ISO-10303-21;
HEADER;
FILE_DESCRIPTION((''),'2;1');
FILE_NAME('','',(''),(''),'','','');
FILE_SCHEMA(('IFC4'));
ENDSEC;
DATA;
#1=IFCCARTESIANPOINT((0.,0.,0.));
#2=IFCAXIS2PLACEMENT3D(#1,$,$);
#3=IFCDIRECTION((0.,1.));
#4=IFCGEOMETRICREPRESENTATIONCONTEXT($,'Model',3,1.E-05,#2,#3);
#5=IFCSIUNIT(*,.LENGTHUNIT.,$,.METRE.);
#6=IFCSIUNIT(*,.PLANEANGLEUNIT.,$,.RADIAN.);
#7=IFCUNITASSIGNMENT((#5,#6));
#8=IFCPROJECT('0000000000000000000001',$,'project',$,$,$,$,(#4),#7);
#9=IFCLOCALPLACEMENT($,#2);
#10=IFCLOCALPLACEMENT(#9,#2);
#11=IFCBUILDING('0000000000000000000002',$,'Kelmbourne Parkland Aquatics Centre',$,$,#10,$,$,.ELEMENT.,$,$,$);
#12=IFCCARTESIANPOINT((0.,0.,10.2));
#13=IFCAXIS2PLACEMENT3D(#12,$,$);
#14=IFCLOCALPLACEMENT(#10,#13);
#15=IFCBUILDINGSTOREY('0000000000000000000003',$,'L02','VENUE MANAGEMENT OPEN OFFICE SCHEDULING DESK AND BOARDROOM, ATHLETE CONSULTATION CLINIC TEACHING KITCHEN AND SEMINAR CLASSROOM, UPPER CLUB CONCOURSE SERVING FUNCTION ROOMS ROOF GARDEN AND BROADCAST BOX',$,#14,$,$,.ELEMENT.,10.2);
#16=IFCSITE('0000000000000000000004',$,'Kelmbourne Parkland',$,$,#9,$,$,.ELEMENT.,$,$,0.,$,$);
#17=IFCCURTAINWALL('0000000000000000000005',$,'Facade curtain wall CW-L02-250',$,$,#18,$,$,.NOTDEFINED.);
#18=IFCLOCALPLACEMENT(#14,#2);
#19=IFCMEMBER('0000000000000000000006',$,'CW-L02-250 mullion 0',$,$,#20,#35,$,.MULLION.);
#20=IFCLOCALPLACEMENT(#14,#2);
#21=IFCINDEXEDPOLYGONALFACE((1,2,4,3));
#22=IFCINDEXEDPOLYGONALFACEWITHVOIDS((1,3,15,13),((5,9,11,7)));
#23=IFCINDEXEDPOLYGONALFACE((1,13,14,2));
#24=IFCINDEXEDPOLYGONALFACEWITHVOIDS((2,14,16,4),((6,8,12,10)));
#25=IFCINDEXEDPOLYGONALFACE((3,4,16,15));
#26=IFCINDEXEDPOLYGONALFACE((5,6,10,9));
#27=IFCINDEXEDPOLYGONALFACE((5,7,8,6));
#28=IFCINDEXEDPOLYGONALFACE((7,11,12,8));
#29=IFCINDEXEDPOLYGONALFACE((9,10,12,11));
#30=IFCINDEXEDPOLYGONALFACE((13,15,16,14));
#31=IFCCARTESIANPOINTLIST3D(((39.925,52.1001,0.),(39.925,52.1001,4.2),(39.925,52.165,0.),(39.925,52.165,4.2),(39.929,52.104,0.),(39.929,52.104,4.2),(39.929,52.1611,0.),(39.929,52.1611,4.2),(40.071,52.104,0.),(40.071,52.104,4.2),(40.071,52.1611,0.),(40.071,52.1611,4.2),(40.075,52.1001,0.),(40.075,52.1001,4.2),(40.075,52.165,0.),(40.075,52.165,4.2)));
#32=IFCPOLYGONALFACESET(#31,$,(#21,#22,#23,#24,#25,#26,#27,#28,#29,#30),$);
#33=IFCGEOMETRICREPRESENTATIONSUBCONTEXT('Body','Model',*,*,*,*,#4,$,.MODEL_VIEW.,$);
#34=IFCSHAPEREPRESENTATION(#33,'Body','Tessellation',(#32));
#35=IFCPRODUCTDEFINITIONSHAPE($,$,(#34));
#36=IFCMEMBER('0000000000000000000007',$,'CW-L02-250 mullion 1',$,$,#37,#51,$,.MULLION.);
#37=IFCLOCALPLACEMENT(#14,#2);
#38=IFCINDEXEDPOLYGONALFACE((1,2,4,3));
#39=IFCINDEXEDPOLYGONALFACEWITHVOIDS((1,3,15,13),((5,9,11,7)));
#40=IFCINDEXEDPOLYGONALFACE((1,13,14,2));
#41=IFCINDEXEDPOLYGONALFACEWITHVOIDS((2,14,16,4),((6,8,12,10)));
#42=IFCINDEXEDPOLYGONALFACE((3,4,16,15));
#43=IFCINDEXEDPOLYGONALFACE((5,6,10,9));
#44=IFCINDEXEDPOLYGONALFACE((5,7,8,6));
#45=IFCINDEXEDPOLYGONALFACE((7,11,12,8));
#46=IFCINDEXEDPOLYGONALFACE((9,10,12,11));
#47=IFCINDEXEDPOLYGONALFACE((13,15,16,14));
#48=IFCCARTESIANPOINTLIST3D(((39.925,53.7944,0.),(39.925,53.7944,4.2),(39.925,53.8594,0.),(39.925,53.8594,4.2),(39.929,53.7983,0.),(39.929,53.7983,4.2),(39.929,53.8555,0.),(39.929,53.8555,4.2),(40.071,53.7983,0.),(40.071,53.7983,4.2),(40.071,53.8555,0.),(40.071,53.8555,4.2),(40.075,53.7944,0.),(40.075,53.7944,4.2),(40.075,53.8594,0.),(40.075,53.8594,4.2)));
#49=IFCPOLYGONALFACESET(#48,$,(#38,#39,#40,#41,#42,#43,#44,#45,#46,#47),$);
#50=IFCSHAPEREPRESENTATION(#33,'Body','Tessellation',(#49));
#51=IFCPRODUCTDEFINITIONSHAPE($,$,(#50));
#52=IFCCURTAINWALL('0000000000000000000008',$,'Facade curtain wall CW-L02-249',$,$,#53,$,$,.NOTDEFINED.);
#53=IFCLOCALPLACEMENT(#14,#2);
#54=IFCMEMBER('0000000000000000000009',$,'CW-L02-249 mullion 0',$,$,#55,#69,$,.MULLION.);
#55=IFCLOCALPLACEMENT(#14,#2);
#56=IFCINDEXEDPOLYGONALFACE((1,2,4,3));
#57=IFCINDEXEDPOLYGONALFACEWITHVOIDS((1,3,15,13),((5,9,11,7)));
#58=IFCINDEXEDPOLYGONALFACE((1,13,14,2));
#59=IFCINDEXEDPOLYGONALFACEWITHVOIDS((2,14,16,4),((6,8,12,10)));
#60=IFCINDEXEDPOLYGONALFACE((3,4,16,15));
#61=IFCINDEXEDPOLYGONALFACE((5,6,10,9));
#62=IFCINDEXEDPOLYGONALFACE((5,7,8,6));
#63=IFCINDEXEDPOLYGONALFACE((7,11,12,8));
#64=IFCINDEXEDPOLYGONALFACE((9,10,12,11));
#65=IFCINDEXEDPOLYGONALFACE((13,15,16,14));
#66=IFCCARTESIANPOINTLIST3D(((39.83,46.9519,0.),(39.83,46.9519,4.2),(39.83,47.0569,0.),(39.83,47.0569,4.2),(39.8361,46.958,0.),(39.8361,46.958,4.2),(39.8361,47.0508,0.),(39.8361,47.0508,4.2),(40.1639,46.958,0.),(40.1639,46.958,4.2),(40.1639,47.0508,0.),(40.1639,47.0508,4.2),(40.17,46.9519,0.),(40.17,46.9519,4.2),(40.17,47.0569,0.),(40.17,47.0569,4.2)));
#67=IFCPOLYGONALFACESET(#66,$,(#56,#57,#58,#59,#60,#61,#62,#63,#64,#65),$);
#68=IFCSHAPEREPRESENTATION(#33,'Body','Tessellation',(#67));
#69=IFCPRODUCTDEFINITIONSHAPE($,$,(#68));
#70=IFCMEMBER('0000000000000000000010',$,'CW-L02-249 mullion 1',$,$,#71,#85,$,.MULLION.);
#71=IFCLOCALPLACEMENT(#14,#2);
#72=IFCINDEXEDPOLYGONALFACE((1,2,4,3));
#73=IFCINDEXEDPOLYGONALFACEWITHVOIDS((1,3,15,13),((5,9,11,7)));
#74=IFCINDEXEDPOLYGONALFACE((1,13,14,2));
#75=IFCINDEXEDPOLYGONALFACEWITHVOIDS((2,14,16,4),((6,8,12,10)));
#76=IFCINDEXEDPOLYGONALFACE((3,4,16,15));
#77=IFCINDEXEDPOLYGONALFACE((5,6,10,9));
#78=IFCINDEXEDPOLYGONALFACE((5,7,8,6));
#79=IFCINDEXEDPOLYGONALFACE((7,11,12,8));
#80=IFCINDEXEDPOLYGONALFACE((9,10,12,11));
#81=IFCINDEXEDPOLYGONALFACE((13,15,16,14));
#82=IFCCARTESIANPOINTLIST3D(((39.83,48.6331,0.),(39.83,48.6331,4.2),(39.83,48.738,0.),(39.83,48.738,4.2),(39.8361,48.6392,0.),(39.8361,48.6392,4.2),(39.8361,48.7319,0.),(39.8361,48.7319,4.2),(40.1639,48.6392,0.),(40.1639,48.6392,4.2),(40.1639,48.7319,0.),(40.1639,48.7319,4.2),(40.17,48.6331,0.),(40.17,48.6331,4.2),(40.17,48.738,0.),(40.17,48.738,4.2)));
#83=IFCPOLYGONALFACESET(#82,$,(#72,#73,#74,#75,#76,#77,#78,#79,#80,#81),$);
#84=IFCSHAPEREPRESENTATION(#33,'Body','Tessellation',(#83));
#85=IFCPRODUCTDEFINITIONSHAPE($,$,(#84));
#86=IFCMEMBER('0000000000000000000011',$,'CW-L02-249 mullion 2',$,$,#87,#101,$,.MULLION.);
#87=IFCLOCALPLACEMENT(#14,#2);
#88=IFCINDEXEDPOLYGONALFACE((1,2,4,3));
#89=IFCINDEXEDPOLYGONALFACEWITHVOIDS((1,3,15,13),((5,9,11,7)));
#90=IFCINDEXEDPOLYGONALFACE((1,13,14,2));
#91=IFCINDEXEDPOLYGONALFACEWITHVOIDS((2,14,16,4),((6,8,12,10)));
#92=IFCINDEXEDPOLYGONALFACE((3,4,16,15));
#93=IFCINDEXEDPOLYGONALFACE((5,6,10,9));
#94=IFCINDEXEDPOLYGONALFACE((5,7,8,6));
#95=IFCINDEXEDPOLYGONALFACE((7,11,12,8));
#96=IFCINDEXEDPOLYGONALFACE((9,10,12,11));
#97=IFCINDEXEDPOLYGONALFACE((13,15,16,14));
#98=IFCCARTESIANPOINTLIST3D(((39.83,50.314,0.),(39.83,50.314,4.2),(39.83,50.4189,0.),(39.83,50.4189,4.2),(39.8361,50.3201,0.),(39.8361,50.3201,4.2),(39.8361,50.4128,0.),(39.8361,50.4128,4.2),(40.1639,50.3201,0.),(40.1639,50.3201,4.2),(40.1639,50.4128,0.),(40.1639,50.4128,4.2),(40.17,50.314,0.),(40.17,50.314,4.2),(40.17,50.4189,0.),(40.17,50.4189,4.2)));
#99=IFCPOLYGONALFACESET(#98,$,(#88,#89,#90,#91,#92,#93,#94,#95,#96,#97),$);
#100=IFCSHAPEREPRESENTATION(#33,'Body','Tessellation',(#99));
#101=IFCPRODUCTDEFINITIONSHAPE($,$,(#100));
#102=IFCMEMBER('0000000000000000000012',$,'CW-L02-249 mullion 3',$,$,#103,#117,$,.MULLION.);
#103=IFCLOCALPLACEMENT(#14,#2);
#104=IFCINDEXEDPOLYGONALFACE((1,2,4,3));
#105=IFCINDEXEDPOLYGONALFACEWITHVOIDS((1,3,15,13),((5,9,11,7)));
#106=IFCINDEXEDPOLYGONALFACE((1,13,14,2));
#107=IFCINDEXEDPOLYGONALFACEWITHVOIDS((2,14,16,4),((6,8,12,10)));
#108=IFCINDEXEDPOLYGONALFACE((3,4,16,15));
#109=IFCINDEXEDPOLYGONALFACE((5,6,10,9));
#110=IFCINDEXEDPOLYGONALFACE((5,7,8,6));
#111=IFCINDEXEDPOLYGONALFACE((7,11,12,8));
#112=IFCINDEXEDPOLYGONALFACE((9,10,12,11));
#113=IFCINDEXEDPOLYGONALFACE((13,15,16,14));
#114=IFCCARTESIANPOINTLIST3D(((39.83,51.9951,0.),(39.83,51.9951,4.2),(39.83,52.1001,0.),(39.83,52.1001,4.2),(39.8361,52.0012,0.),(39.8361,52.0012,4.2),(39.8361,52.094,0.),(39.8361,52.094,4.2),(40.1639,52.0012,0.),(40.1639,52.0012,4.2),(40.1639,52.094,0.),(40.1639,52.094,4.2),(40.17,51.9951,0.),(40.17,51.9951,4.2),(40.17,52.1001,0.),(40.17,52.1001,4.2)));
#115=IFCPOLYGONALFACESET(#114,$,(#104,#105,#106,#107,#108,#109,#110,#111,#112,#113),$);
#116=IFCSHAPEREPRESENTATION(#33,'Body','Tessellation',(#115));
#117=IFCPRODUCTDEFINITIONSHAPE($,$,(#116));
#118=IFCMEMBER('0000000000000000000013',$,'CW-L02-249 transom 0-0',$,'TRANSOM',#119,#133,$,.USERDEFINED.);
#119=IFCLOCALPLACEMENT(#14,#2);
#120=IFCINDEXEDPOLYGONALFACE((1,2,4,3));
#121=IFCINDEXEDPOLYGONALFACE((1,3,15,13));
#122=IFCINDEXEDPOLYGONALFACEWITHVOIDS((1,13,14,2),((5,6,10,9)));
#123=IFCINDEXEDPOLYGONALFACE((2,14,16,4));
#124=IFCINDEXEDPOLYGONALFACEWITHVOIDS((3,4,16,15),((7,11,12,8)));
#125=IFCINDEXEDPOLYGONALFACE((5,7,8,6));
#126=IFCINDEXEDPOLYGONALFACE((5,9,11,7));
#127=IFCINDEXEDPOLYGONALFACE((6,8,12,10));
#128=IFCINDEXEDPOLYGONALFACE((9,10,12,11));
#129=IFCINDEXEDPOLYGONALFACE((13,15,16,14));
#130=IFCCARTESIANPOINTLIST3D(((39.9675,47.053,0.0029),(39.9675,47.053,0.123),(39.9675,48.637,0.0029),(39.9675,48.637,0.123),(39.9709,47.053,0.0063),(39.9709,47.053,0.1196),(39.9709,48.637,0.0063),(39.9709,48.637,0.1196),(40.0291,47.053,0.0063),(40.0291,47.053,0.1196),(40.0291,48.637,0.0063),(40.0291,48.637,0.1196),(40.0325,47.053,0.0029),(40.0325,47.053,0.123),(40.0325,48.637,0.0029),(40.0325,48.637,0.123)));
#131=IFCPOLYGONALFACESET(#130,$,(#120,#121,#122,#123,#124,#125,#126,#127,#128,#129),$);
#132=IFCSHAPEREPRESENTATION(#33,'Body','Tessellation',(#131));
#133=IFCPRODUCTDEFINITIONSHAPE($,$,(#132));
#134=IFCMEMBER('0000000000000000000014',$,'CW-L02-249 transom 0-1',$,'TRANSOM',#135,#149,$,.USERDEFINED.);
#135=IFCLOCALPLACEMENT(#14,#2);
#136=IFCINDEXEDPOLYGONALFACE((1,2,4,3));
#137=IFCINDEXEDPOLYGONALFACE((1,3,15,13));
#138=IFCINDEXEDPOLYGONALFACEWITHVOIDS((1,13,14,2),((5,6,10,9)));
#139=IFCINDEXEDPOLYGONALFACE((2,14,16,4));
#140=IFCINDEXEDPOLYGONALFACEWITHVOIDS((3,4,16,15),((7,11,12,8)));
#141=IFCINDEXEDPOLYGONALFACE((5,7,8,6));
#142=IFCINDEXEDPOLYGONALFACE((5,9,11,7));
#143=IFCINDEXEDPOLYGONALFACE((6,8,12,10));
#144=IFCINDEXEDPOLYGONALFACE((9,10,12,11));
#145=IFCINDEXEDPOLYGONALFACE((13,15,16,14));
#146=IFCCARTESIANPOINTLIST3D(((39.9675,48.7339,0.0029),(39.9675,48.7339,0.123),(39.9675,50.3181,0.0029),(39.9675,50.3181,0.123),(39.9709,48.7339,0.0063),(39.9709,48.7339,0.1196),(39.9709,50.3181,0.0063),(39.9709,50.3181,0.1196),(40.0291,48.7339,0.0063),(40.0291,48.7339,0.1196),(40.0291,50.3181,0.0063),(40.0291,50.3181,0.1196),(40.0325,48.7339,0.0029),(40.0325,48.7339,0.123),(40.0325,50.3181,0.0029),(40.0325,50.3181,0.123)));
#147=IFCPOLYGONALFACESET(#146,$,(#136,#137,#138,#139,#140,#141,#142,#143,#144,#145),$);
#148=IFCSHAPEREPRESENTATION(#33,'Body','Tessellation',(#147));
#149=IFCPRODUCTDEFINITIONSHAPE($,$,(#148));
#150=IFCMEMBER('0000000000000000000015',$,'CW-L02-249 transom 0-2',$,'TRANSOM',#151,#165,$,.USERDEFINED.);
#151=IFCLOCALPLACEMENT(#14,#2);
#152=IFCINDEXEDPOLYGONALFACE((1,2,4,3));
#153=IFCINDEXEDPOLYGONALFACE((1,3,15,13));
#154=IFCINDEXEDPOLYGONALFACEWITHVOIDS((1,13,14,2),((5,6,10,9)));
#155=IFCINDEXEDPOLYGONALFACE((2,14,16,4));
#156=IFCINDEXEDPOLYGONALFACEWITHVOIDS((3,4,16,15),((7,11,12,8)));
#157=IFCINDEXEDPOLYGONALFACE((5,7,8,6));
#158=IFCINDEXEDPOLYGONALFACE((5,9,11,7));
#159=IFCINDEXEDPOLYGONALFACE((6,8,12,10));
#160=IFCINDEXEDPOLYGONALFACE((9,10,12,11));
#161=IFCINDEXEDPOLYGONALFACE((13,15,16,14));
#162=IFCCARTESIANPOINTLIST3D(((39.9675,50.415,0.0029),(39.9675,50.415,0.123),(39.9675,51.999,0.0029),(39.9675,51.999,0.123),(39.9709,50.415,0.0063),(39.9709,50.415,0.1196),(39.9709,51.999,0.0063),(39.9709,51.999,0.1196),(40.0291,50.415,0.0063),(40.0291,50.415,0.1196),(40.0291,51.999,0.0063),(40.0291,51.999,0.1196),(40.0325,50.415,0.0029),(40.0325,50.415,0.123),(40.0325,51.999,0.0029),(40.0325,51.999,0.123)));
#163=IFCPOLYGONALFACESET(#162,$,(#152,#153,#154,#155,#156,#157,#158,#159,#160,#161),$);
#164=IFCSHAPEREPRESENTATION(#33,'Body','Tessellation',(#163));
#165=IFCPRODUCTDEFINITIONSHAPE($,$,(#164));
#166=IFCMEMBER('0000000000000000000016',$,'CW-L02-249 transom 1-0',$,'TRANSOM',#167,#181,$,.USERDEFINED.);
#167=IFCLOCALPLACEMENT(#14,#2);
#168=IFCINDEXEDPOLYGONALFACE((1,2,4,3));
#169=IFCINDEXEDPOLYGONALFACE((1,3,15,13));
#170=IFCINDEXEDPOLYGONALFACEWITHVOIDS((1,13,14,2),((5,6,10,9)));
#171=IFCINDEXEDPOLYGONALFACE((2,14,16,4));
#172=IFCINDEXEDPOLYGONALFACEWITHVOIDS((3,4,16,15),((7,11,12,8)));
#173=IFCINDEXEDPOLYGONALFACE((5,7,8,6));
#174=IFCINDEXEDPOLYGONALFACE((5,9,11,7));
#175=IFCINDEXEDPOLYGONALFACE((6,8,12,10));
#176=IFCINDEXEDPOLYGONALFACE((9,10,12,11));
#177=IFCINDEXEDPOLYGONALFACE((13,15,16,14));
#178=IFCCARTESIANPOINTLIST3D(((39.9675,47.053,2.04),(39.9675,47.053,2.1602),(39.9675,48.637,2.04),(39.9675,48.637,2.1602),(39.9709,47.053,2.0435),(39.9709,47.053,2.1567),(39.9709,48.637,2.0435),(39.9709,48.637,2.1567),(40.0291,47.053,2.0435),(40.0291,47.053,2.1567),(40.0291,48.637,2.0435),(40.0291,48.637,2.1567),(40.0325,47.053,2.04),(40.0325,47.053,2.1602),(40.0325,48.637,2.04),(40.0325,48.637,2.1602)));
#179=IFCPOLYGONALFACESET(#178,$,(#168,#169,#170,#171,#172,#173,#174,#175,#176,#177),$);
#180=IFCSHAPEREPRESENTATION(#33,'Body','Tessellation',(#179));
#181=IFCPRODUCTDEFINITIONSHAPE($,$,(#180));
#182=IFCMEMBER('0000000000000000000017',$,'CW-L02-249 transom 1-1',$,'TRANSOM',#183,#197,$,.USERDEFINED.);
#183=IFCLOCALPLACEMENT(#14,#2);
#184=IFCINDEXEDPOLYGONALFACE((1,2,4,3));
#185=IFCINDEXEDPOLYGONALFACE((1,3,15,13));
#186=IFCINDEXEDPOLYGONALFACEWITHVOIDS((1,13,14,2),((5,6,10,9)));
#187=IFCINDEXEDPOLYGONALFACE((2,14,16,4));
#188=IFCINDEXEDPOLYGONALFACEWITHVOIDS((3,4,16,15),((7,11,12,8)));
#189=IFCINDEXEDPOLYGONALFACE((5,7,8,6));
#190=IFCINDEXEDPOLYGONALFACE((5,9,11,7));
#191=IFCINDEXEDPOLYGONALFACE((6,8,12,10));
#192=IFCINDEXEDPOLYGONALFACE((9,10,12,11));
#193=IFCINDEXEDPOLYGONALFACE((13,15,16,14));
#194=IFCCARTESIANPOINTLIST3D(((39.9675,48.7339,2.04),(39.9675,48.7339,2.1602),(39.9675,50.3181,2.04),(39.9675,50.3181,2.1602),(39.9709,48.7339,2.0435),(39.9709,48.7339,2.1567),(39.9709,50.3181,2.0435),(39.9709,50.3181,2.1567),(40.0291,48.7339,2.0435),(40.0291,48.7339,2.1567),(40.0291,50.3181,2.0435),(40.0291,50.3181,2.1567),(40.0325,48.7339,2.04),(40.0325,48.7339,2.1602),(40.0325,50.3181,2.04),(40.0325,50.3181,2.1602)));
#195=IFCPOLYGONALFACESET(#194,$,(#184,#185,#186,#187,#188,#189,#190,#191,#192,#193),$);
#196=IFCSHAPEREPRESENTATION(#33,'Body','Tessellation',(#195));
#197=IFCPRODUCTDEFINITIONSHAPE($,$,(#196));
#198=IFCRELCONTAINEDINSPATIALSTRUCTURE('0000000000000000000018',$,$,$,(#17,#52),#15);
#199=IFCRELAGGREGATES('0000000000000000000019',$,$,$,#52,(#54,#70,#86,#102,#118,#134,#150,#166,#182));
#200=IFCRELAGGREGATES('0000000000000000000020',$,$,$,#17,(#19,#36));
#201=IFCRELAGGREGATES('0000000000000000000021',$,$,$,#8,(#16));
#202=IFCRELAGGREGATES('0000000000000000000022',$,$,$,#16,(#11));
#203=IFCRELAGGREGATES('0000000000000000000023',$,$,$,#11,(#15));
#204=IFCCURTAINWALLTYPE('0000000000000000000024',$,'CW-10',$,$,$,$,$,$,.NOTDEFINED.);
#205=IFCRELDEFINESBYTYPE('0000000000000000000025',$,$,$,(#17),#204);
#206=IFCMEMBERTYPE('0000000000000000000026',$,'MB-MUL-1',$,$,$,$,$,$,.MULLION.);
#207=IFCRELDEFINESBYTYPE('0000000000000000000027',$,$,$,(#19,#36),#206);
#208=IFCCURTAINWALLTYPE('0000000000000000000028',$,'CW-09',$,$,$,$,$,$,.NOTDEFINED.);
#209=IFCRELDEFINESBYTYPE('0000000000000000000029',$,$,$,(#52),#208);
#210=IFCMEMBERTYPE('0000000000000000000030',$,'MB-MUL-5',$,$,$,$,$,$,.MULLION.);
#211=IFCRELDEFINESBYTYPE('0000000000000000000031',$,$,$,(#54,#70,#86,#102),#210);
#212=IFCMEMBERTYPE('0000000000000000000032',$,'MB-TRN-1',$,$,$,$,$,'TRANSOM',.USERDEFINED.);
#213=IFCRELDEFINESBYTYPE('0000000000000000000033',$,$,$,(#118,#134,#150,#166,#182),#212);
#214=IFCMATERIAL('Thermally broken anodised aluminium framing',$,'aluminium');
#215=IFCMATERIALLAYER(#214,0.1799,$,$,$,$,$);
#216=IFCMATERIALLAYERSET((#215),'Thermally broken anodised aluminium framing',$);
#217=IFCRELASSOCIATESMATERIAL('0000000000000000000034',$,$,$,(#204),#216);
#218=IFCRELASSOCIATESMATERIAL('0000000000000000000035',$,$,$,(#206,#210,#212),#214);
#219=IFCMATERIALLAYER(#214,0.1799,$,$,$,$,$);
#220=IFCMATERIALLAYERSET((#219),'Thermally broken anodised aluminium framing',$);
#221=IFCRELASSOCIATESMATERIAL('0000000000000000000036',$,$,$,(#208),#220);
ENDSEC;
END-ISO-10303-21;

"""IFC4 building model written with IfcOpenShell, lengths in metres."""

from ifc_helpers import new_model, si_unit, direction, frame, origin, origin_2d, place, context, subcontext, project, spatial, hollow_rectangle, extrude, material, layer, layer_set, material_profile, profile_set, type_object, element, aggregate, save


model = new_model("IFC4")

# Units and contexts
model_context = context("Model", 3, precision=1e-05, world=origin(), true_north=direction((0.0, 1.0)))
body_context = subcontext(model_context, "Body", "Model", "MODEL_VIEW")
ifc_project = project(units=[si_unit("LENGTHUNIT", "METRE"), si_unit("PLANEANGLEUNIT", "RADIAN")], contexts=[model_context])

# Site, building, storey
site_placement = place(None, origin())
site = spatial("IfcSite", under=ifc_project, at=site_placement, Name="Kelmbourne Parkland", CompositionType="ELEMENT", RefElevation=0.0)
building_placement = place(site_placement, origin())
building = spatial("IfcBuilding", under=site, at=building_placement, Name="Kelmbourne Parkland Aquatics Centre", CompositionType="ELEMENT")
storey_placement = place(building_placement, frame((0.0, 0.0, 10.2)))
storey = spatial("IfcBuildingStorey", under=building, at=storey_placement, Name="L02", Description="VENUE MANAGEMENT OPEN OFFICE SCHEDULING DESK AND BOARDROOM, ATHLETE CONSULTATION CLINIC TEACHING KITCHEN AND SEMINAR CLASSROOM, UPPER CLUB CONCOURSE SERVING FUNCTION ROOMS ROOF GARDEN AND BROADCAST BOX", CompositionType="ELEMENT", Elevation=10.2)

# Curtain walls, members
ifc_material_1 = material(Name="Thermally broken anodised aluminium framing", Category="aluminium")
ifc_layer_1 = layer(ifc_material_1, 0.1799)
ifc_layer_set_1 = layer_set([ifc_layer_1], Name="Thermally broken anodised aluminium framing")
curtain_wall_type_1 = type_object("IfcCurtainWallType", Name="CW-10", PredefinedType="NOTDEFINED", material=ifc_layer_set_1)
curtain_wall_1_placement = place(storey_placement, origin())
curtain_wall_1 = element("IfcCurtainWall", 1, at=curtain_wall_1_placement, inside=storey, type_object=curtain_wall_type_1, Name="Facade curtain wall CW-L02-250", PredefinedType="NOTDEFINED")
ifc_material_profile_1 = material_profile(ifc_material_1, hollow_rectangle(XDim=0.0649, YDim=0.1499, WallThickness=0.0039, at=origin_2d()), Name="CW-M 65x150")
ifc_profile_set_1 = profile_set([ifc_material_profile_1], Name="Thermally broken anodised aluminium framing")
member_type_1 = type_object("IfcMemberType", Name="MB-MUL-1", PredefinedType="MULLION", material=ifc_profile_set_1)
member_1_placement = place(storey_placement, frame((40.0, 52.1326, 0.0), z_axis=(0.0, 0.0, 1.0), x_axis=(0.0, 1.0, 0.0)))
member_1 = element("IfcMember", 2, at=member_1_placement, type_object=member_type_1, Name="CW-L02-250 mullion 0", PredefinedType="MULLION", context=body_context, shape_type="SweptSolid", body=[
    extrude(hollow_rectangle(XDim=0.0649, YDim=0.1499, WallThickness=0.0039, at=origin_2d()), origin(), (0.0, 0.0, 1.0), 4.2),
])
member_2_placement = place(storey_placement, frame((40.0, 53.8269, 0.0), z_axis=(0.0, 0.0, 1.0), x_axis=(0.0, 1.0, 0.0)))
member_2 = element("IfcMember", 3, at=member_2_placement, type_object=member_type_1, Name="CW-L02-250 mullion 1", PredefinedType="MULLION", context=body_context, shape_type="SweptSolid", body=[
    extrude(hollow_rectangle(XDim=0.0649, YDim=0.1499, WallThickness=0.0039, at=origin_2d()), origin(), (0.0, 0.0, 1.0), 4.2),
])
ifc_layer_2 = layer(ifc_material_1, 0.1799)
ifc_layer_set_2 = layer_set([ifc_layer_2], Name="Thermally broken anodised aluminium framing")
curtain_wall_type_2 = type_object("IfcCurtainWallType", Name="CW-09", PredefinedType="NOTDEFINED", material=ifc_layer_set_2)
curtain_wall_2_placement = place(storey_placement, origin())
curtain_wall_2 = element("IfcCurtainWall", 4, at=curtain_wall_2_placement, inside=storey, type_object=curtain_wall_type_2, Name="Facade curtain wall CW-L02-249", PredefinedType="NOTDEFINED")
ifc_material_profile_2 = material_profile(ifc_material_1, hollow_rectangle(XDim=0.105, YDim=0.3401, WallThickness=0.0061, at=origin_2d()), Name="CW-M 105x340")
ifc_profile_set_2 = profile_set([ifc_material_profile_2], Name="Thermally broken anodised aluminium framing")
member_type_2 = type_object("IfcMemberType", Name="MB-MUL-5", PredefinedType="MULLION", material=ifc_profile_set_2)
member_3_placement = place(storey_placement, frame((40.0, 47.0044, 0.0), z_axis=(0.0, 0.0, 1.0), x_axis=(0.0, 1.0, 0.0)))
member_3 = element("IfcMember", 5, at=member_3_placement, type_object=member_type_2, Name="CW-L02-249 mullion 0", PredefinedType="MULLION", context=body_context, shape_type="SweptSolid", body=[
    extrude(hollow_rectangle(XDim=0.105, YDim=0.3401, WallThickness=0.0061, at=origin_2d()), origin(), (0.0, 0.0, 1.0), 4.2),
])
member_4_placement = place(storey_placement, frame((40.0, 48.6855, 0.0), z_axis=(0.0, 0.0, 1.0), x_axis=(0.0, 1.0, 0.0)))
member_4 = element("IfcMember", 6, at=member_4_placement, type_object=member_type_2, Name="CW-L02-249 mullion 1", PredefinedType="MULLION", context=body_context, shape_type="SweptSolid", body=[
    extrude(hollow_rectangle(XDim=0.105, YDim=0.3401, WallThickness=0.0061, at=origin_2d()), origin(), (0.0, 0.0, 1.0), 4.2),
])
member_5_placement = place(storey_placement, frame((40.0, 50.3665, 0.0), z_axis=(0.0, 0.0, 1.0), x_axis=(0.0, 1.0, 0.0)))
member_5 = element("IfcMember", 7, at=member_5_placement, type_object=member_type_2, Name="CW-L02-249 mullion 2", PredefinedType="MULLION", context=body_context, shape_type="SweptSolid", body=[
    extrude(hollow_rectangle(XDim=0.105, YDim=0.3401, WallThickness=0.0061, at=origin_2d()), origin(), (0.0, 0.0, 1.0), 4.2),
])
member_6_placement = place(storey_placement, frame((40.0, 52.0476, 0.0), z_axis=(0.0, 0.0, 1.0), x_axis=(0.0, 1.0, 0.0)))
member_6 = element("IfcMember", 8, at=member_6_placement, type_object=member_type_2, Name="CW-L02-249 mullion 3", PredefinedType="MULLION", context=body_context, shape_type="SweptSolid", body=[
    extrude(hollow_rectangle(XDim=0.105, YDim=0.3401, WallThickness=0.0061, at=origin_2d()), origin(), (0.0, 0.0, 1.0), 4.2),
])
ifc_material_profile_3 = material_profile(ifc_material_1, hollow_rectangle(XDim=0.0649, YDim=0.1201, WallThickness=0.0034, at=origin_2d()), Name="CW-T 65x120")
ifc_profile_set_3 = profile_set([ifc_material_profile_3], Name="Thermally broken anodised aluminium framing")
member_type_3 = type_object("IfcMemberType", Name="MB-TRN-1", ElementType="TRANSOM", PredefinedType="USERDEFINED", material=ifc_profile_set_3)
member_7_placement = place(storey_placement, frame((40.0, 47.053, 0.063), z_axis=(0.0, 1.0, 0.0), x_axis=(-1.0, 0.0, 0.0)))
member_7 = element("IfcMember", 9, at=member_7_placement, type_object=member_type_3, Name="CW-L02-249 transom 0-0", ObjectType="TRANSOM", PredefinedType="USERDEFINED", context=body_context, shape_type="SweptSolid", body=[
    extrude(hollow_rectangle(XDim=0.0649, YDim=0.1201, WallThickness=0.0034, at=origin_2d()), origin(), (0.0, 0.0, 1.0), 1.584),
])
member_8_placement = place(storey_placement, frame((40.0, 48.7339, 0.063), z_axis=(0.0, 1.0, 0.0), x_axis=(-1.0, 0.0, 0.0)))
member_8 = element("IfcMember", 10, at=member_8_placement, type_object=member_type_3, Name="CW-L02-249 transom 0-1", ObjectType="TRANSOM", PredefinedType="USERDEFINED", context=body_context, shape_type="SweptSolid", body=[
    extrude(hollow_rectangle(XDim=0.0649, YDim=0.1201, WallThickness=0.0034, at=origin_2d()), origin(), (0.0, 0.0, 1.0), 1.5842),
])
member_9_placement = place(storey_placement, frame((40.0, 50.415, 0.063), z_axis=(0.0, 1.0, 0.0), x_axis=(-1.0, 0.0, 0.0)))
member_9 = element("IfcMember", 11, at=member_9_placement, type_object=member_type_3, Name="CW-L02-249 transom 0-2", ObjectType="TRANSOM", PredefinedType="USERDEFINED", context=body_context, shape_type="SweptSolid", body=[
    extrude(hollow_rectangle(XDim=0.0649, YDim=0.1201, WallThickness=0.0034, at=origin_2d()), origin(), (0.0, 0.0, 1.0), 1.584),
])
member_10_placement = place(storey_placement, frame((40.0, 47.053, 2.1001), z_axis=(0.0, 1.0, 0.0), x_axis=(-1.0, 0.0, 0.0)))
member_10 = element("IfcMember", 12, at=member_10_placement, type_object=member_type_3, Name="CW-L02-249 transom 1-0", ObjectType="TRANSOM", PredefinedType="USERDEFINED", context=body_context, shape_type="SweptSolid", body=[
    extrude(hollow_rectangle(XDim=0.0649, YDim=0.1201, WallThickness=0.0034, at=origin_2d()), origin(), (0.0, 0.0, 1.0), 1.584),
])
member_11_placement = place(storey_placement, frame((40.0, 48.7339, 2.1001), z_axis=(0.0, 1.0, 0.0), x_axis=(-1.0, 0.0, 0.0)))
member_11 = element("IfcMember", 13, at=member_11_placement, type_object=member_type_3, Name="CW-L02-249 transom 1-1", ObjectType="TRANSOM", PredefinedType="USERDEFINED", context=body_context, shape_type="SweptSolid", body=[
    extrude(hollow_rectangle(XDim=0.0649, YDim=0.1201, WallThickness=0.0034, at=origin_2d()), origin(), (0.0, 0.0, 1.0), 1.5842),
])

aggregate(curtain_wall_2, [member_3, member_4, member_5, member_6, member_7, member_8, member_9, member_10, member_11])
aggregate(curtain_wall_1, [member_1, member_2])

save(model, "model.ifc")
